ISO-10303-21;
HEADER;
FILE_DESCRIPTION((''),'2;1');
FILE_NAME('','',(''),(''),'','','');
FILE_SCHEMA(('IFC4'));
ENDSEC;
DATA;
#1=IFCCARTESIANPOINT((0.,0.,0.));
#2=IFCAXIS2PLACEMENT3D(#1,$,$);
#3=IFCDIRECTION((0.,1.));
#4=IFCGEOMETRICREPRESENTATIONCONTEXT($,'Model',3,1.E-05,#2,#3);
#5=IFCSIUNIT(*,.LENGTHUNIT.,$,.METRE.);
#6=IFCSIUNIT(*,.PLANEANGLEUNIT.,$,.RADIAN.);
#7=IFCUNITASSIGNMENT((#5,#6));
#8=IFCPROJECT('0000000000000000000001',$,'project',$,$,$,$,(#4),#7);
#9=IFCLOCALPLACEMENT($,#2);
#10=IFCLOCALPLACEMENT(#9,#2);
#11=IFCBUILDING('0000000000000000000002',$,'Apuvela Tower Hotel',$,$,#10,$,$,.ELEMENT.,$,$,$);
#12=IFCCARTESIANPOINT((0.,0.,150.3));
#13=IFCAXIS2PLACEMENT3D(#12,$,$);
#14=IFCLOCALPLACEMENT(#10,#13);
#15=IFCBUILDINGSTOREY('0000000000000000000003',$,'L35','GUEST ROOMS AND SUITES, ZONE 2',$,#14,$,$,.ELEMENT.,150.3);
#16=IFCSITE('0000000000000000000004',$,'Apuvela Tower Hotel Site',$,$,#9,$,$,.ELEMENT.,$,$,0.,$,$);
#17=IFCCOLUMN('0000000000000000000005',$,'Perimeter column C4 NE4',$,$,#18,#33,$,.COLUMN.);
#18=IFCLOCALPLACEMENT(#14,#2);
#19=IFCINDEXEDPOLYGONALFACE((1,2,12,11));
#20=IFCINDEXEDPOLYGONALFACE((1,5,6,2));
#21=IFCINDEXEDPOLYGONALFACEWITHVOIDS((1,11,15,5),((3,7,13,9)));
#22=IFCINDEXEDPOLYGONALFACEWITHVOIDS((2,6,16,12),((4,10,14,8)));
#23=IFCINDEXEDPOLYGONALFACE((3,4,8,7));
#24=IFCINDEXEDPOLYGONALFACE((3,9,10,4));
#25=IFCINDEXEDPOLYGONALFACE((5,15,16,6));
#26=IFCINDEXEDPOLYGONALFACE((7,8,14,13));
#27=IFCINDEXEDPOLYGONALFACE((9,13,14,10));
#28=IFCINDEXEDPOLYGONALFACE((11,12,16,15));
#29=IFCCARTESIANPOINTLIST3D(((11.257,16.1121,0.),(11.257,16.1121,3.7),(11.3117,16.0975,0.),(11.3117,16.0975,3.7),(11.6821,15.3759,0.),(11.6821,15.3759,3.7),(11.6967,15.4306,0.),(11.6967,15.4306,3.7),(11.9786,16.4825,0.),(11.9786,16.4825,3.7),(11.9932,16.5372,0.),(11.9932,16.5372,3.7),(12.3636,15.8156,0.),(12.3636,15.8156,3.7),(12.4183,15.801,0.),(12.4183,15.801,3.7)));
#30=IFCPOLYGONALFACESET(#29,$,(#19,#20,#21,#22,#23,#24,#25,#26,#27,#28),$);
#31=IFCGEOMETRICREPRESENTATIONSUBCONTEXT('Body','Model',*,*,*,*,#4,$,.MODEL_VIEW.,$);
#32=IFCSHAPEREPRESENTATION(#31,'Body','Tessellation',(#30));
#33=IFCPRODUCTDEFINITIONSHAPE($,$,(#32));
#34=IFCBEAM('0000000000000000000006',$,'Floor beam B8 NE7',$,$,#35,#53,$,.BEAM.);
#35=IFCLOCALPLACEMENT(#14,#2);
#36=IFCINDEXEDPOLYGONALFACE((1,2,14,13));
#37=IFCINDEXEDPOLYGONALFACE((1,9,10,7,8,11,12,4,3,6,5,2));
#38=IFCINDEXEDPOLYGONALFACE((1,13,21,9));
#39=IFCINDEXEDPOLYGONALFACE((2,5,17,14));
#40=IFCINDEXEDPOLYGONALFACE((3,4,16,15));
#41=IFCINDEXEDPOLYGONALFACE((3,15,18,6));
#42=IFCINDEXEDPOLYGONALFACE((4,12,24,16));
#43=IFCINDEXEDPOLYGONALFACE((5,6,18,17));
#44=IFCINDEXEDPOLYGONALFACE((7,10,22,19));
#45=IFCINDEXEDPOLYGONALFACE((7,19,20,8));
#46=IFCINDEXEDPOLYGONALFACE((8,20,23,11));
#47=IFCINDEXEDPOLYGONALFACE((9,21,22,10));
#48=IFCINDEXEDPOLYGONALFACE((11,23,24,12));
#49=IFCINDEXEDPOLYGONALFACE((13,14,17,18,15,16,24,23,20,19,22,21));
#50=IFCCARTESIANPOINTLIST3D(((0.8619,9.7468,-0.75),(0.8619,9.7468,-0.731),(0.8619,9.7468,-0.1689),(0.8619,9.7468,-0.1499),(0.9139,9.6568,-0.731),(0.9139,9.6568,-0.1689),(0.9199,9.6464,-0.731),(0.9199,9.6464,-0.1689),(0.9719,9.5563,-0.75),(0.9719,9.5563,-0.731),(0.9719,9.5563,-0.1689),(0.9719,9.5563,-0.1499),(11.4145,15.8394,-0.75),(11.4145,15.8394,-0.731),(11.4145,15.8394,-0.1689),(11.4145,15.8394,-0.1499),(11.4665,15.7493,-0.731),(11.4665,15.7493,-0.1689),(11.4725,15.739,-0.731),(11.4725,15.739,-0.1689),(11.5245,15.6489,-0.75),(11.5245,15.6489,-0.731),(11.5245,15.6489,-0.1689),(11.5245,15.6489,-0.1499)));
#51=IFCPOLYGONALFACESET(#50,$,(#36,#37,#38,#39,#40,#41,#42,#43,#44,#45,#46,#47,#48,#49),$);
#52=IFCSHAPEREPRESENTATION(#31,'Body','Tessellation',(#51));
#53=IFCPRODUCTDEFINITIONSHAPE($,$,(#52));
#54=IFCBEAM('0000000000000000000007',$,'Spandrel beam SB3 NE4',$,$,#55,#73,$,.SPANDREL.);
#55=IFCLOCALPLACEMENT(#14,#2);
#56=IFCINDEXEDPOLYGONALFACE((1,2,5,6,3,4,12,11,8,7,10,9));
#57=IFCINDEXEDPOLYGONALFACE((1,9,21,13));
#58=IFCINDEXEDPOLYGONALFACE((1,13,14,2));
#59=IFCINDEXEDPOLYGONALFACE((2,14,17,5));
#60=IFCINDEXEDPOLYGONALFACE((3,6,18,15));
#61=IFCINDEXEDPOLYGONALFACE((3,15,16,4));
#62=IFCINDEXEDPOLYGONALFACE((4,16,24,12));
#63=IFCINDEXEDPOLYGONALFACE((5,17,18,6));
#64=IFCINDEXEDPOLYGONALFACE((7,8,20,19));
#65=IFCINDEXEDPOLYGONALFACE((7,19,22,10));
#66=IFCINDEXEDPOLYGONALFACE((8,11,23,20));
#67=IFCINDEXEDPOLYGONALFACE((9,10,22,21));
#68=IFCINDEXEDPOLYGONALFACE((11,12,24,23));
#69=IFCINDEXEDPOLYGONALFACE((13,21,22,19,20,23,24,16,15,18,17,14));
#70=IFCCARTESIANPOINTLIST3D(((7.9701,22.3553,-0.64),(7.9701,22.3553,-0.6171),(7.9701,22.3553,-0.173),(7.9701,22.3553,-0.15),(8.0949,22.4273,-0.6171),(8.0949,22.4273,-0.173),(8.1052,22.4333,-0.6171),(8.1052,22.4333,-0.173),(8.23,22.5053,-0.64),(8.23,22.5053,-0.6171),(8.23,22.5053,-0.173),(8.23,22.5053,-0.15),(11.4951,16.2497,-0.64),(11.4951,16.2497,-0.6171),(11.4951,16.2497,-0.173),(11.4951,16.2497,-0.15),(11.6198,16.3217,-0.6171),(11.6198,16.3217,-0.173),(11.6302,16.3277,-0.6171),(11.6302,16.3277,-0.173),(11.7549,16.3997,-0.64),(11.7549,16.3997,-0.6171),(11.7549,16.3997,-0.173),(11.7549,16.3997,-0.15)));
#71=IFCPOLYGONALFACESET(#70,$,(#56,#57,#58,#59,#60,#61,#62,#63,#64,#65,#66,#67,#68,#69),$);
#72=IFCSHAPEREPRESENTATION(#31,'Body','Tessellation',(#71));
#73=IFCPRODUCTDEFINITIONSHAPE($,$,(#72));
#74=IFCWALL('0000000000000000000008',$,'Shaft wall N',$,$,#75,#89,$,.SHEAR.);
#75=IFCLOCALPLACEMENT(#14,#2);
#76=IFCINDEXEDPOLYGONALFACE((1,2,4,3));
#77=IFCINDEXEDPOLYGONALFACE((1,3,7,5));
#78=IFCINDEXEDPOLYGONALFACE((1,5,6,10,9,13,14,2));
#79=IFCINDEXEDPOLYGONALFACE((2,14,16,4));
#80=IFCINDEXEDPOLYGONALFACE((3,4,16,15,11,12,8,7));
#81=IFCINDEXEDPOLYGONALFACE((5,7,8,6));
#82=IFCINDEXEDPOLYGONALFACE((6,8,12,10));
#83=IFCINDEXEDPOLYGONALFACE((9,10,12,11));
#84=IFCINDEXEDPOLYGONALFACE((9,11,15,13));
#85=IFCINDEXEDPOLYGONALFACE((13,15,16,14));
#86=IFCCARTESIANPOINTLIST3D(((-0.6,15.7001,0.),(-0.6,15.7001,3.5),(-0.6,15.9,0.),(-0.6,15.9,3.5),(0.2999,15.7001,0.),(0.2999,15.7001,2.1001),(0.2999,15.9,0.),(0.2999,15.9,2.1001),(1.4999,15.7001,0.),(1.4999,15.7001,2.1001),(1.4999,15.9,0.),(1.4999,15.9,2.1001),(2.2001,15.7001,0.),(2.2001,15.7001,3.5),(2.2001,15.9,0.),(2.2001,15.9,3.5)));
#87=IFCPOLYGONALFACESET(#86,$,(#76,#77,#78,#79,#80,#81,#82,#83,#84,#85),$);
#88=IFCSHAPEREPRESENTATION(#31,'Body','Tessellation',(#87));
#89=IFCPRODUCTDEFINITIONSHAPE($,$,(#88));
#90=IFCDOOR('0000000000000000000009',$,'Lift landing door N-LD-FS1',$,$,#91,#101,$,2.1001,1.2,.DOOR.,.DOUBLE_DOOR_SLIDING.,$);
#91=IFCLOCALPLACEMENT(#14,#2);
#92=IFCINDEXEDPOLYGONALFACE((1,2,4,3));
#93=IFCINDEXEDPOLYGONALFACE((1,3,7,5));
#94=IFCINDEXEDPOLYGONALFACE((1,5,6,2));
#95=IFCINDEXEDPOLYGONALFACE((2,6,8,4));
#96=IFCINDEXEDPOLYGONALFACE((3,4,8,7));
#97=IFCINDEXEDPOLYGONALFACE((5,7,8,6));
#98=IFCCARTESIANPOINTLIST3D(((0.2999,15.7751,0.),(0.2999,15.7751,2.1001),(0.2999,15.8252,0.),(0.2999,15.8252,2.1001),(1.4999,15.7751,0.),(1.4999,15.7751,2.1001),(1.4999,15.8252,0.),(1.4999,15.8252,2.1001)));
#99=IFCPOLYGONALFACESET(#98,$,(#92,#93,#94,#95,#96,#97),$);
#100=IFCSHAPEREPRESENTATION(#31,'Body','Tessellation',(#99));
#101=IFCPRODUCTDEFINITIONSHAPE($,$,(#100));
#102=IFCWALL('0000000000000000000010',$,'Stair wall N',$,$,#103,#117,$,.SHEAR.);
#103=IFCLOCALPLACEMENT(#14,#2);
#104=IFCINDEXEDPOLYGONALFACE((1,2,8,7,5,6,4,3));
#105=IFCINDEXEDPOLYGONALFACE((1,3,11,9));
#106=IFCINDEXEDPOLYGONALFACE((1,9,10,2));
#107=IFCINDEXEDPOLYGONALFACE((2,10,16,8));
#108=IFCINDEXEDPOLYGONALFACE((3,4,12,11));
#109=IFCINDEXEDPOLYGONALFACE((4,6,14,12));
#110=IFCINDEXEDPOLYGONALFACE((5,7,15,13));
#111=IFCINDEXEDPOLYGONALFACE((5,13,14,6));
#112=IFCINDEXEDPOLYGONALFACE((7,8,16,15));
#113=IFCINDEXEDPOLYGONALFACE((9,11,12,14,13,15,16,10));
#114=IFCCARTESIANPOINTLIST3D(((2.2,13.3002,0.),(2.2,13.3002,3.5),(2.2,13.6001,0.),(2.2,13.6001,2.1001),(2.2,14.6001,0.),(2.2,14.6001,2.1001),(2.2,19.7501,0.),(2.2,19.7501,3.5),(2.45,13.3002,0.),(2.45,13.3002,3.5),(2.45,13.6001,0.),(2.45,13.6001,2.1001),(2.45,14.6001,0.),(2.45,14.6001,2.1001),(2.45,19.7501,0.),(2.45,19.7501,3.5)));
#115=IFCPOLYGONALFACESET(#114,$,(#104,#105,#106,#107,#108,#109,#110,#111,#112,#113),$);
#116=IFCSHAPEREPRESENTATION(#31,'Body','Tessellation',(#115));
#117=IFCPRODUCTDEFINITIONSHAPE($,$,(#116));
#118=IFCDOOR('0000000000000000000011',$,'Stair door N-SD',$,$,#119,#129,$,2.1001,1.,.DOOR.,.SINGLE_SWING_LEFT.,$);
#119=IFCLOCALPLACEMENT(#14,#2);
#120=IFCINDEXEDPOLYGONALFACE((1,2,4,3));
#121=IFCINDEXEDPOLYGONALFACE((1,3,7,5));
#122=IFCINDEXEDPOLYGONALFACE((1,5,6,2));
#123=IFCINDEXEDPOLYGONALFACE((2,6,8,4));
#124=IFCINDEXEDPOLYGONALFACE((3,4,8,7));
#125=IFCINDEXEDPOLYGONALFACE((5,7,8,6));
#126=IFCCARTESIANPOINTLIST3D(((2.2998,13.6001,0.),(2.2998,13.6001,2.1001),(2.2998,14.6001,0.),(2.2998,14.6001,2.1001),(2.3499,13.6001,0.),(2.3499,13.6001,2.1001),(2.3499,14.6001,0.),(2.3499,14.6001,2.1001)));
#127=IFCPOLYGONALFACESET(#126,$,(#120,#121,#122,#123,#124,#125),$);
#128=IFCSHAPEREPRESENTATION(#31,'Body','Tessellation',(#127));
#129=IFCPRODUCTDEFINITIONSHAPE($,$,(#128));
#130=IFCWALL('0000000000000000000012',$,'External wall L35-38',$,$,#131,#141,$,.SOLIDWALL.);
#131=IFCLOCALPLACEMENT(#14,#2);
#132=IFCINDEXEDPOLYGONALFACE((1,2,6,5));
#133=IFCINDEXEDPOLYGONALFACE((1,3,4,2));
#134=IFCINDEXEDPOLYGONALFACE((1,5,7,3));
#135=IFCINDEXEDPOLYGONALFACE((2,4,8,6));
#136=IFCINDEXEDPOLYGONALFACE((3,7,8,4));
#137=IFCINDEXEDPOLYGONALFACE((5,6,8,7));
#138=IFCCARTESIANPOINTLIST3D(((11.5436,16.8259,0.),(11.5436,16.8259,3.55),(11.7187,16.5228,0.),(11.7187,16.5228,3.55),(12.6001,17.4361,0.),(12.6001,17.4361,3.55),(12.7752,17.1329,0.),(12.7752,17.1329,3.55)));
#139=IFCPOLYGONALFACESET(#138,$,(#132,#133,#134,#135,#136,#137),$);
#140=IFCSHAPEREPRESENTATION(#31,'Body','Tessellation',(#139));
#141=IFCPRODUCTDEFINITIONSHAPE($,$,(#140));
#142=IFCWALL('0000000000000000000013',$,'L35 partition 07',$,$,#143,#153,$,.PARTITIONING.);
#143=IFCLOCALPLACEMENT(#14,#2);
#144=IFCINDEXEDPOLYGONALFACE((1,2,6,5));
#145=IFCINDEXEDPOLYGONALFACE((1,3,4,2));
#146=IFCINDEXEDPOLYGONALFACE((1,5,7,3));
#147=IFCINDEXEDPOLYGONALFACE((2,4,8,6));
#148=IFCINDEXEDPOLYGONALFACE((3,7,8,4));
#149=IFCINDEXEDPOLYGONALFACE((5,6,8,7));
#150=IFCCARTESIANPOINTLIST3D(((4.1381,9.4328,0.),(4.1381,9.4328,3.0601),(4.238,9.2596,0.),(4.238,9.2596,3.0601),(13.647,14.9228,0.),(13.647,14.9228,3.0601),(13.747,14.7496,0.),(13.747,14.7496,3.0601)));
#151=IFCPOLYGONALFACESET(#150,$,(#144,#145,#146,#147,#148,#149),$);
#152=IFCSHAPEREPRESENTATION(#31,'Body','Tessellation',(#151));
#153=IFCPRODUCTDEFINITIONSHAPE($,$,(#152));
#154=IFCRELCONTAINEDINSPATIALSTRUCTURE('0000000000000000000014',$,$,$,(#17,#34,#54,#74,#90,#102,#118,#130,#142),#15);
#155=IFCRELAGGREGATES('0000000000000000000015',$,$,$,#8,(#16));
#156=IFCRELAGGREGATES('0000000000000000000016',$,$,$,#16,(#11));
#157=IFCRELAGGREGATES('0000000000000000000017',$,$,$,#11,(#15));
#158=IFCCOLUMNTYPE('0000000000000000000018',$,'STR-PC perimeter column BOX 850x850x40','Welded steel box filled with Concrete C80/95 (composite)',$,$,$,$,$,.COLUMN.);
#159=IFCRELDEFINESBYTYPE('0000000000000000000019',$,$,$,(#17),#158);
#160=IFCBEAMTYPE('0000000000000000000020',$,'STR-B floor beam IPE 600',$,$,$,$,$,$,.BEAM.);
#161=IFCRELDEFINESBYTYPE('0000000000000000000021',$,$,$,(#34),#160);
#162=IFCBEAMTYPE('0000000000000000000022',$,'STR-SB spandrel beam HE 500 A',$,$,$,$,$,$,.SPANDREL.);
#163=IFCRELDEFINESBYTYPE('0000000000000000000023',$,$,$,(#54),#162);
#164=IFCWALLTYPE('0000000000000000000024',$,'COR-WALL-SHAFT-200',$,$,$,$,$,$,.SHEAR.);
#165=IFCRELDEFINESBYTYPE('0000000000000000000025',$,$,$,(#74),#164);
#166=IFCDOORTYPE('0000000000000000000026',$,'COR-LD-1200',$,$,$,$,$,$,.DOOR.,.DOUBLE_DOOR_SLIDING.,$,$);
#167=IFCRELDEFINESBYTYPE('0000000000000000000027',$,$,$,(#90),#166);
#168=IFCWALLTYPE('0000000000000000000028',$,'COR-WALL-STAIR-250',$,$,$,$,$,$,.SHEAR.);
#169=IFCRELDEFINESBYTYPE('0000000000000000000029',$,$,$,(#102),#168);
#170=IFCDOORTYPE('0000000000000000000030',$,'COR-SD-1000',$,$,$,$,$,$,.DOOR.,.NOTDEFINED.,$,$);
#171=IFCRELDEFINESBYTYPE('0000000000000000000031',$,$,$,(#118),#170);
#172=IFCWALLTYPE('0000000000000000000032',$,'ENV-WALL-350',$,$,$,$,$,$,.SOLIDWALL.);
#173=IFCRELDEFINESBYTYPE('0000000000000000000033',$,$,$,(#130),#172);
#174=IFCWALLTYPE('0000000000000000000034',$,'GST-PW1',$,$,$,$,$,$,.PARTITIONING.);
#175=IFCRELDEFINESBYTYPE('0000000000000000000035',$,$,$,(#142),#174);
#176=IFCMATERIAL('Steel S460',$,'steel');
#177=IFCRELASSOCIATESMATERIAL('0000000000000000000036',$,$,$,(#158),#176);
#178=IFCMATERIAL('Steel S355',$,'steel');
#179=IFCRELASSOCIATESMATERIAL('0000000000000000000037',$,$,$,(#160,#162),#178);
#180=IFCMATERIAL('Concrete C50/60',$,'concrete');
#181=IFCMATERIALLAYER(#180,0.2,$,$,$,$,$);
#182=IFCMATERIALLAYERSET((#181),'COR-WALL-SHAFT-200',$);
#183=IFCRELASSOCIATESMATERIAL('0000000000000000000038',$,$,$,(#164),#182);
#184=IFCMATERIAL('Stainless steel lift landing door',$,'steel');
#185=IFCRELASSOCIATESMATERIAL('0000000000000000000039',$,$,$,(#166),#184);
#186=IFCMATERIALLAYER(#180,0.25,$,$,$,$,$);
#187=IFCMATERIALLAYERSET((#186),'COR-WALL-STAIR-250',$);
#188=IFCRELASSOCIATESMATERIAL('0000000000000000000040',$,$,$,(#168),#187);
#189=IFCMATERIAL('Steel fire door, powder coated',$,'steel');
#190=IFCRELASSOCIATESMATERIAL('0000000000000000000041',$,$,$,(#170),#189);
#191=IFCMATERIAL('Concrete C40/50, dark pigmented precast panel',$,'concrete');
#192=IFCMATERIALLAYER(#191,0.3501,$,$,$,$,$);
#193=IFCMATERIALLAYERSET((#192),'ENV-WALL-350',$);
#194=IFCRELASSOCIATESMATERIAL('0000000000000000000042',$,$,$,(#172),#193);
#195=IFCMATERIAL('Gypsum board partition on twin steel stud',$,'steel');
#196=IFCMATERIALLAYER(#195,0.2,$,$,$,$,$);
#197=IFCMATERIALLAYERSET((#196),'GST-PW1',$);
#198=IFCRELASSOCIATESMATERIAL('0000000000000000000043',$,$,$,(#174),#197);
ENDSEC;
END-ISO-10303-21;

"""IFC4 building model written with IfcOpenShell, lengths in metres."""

from ifc_helpers import new_model, si_unit, direction, frame, frame_2d, origin, origin_2d, place, context, subcontext, project, spatial, rectangle, hollow_rectangle, i_section, extrude, material, layer, layer_set, material_profile, profile_set, type_object, element, fill, save


model = new_model("IFC4")

# Units and contexts
model_context = context("Model", 3, precision=1e-05, world=origin(), true_north=direction((0.0, 1.0)))
body_context = subcontext(model_context, "Body", "Model", "MODEL_VIEW")
ifc_project = project(units=[si_unit("LENGTHUNIT", "METRE"), si_unit("PLANEANGLEUNIT", "RADIAN")], contexts=[model_context])

# Site, building, storey
site_placement = place(None, origin())
site = spatial("IfcSite", under=ifc_project, at=site_placement, Name="Apuvela Tower Hotel Site", CompositionType="ELEMENT", RefElevation=0.0)
building_placement = place(site_placement, origin())
building = spatial("IfcBuilding", under=site, at=building_placement, Name="Apuvela Tower Hotel", CompositionType="ELEMENT")
storey_placement = place(building_placement, frame((0.0, 0.0, 150.3)))
storey = spatial("IfcBuildingStorey", under=building, at=storey_placement, Name="L35", Description="GUEST ROOMS AND SUITES, ZONE 2", CompositionType="ELEMENT", Elevation=150.3)

# Column
ifc_material_1 = material(Name="Steel S460", Category="steel")
ifc_material_profile_1 = material_profile(ifc_material_1, hollow_rectangle(XDim=0.8501, YDim=0.8501, WallThickness=0.04, at=origin_2d()), Name="BOX 850x850x40")
ifc_material_2 = material(Name="Concrete C80/95", Category="concrete")
ifc_material_profile_2 = material_profile(ifc_material_2, rectangle(XDim=0.77, YDim=0.77, at=origin_2d()), Name="Concrete C80/95 infill")
ifc_profile_set_1 = profile_set([ifc_material_profile_1, ifc_material_profile_2], Name="Steel S460")
column_type = type_object("IfcColumnType", Name="STR-PC perimeter column BOX 850x850x40", Description="Welded steel box filled with Concrete C80/95 (composite)", PredefinedType="COLUMN", material=ifc_profile_set_1)
column_placement = place(storey_placement, frame((11.8376, 15.9565, 0.0), z_axis=(0.0, 0.0, 1.0), x_axis=(-0.5, 0.866025, 0.0)))
element("IfcColumn", 1, at=column_placement, inside=storey, type_object=column_type, Name="Perimeter column C4 NE4", PredefinedType="COLUMN", context=body_context, shape_type="SweptSolid", body=[
    extrude(hollow_rectangle(XDim=0.8501, YDim=0.8501, WallThickness=0.04, at=origin_2d()), origin(), (0.0, 0.0, 1.0), 3.7),
])

# Beams
ifc_material_3 = material(Name="Steel S355", Category="steel")
ifc_material_profile_3 = material_profile(ifc_material_3, i_section(OverallWidth=0.22, OverallDepth=0.6001, WebThickness=0.012, FlangeThickness=0.019, at=origin_2d()), Name="IPE 600")
ifc_profile_set_2 = profile_set([ifc_material_profile_3], Name="Steel S355")
beam_type_1 = type_object("IfcBeamType", Name="STR-B floor beam IPE 600", PredefinedType="BEAM", material=ifc_profile_set_2)
beam_1_placement = place(storey_placement, frame((11.4695, 15.7441, -0.45), z_axis=(-0.866024, -0.500003, 0.0), x_axis=(0.500003, -0.866024, 0.0)))
element("IfcBeam", 2, at=beam_1_placement, inside=storey, type_object=beam_type_1, Name="Floor beam B8 NE7", PredefinedType="BEAM", context=body_context, shape_type="SweptSolid", body=[
    extrude(i_section(OverallWidth=0.22, OverallDepth=0.6001, WebThickness=0.012, FlangeThickness=0.019, at=origin_2d()), origin(), (0.0, 0.0, 1.0), 12.1851),
])
ifc_material_profile_4 = material_profile(ifc_material_3, i_section(OverallWidth=0.3, OverallDepth=0.49, WebThickness=0.012, FlangeThickness=0.0229, at=origin_2d()), Name="HE 500 A")
ifc_profile_set_3 = profile_set([ifc_material_profile_4], Name="Steel S355")
beam_type_2 = type_object("IfcBeamType", Name="STR-SB spandrel beam HE 500 A", PredefinedType="SPANDREL", material=ifc_profile_set_3)
beam_2_placement = place(storey_placement, frame((11.625, 16.3247, -0.395), z_axis=(-0.49999, 0.866031, 0.0), x_axis=(-0.866031, -0.49999, 0.0)))
element("IfcBeam", 3, at=beam_2_placement, inside=storey, type_object=beam_type_2, Name="Spandrel beam SB3 NE4", PredefinedType="SPANDREL", context=body_context, shape_type="SweptSolid", body=[
    extrude(i_section(OverallWidth=0.3, OverallDepth=0.49, WebThickness=0.012, FlangeThickness=0.0229, at=origin_2d()), origin(), (0.0, 0.0, 1.0), 7.05),
])

# Walls, openings, doors
ifc_material_4 = material(Name="Concrete C50/60", Category="concrete")
ifc_layer_1 = layer(ifc_material_4, 0.2)
ifc_layer_set_1 = layer_set([ifc_layer_1], Name="COR-WALL-SHAFT-200")
wall_type_1 = type_object("IfcWallType", Name="COR-WALL-SHAFT-200", PredefinedType="SHEAR", material=ifc_layer_set_1)
wall_1_placement = place(storey_placement, frame((2.2, 15.8, 0.0), z_axis=(0.0, 0.0, 1.0), x_axis=(-1.0, 0.0, 0.0)))
wall_1 = element("IfcWall", 4, at=wall_1_placement, inside=storey, type_object=wall_type_1, Name="Shaft wall N", PredefinedType="SHEAR", context=body_context, shape_type="SweptSolid", body=[
    extrude(rectangle(XDim=2.8, YDim=0.2, at=frame_2d((1.3999, 0.0))), origin(), (0.0, 0.0, 1.0), 3.5),
])
opening_1_placement = place(wall_1_placement, frame((0.7, 0.0, 0.0)))
opening_1 = element("IfcOpeningElement", 5, at=opening_1_placement, cuts=wall_1, PredefinedType="OPENING", context=body_context, shape_type="SweptSolid", body=[
    extrude(rectangle(XDim=1.2, YDim=2.1001, at=frame_2d((0.6001, 1.05))), frame((0.0, 0.1099, 0.0), z_axis=(0.0, -1.0, 0.0), x_axis=(1.0, 0.0, 0.0)), (0.0, 0.0, 1.0), 0.22),
])
ifc_material_5 = material(Name="Stainless steel lift landing door", Category="steel")
door_type_1 = type_object("IfcDoorType", Name="COR-LD-1200", OperationType="DOUBLE_DOOR_SLIDING", PredefinedType="DOOR", material=ifc_material_5)
door_1_placement = place(opening_1_placement, origin())
door_1 = element("IfcDoor", 6, at=door_1_placement, inside=storey, type_object=door_type_1, Name="Lift landing door N-LD-FS1", OperationType="DOUBLE_DOOR_SLIDING", OverallHeight=2.1001, OverallWidth=1.2, PredefinedType="DOOR", context=body_context, shape_type="SweptSolid", body=[
    extrude(rectangle(XDim=1.2, YDim=2.1001, at=frame_2d((0.6001, 1.05))), frame((0.0, 0.0249, 0.0), z_axis=(0.0, -1.0, 0.0), x_axis=(1.0, 0.0, 0.0)), (0.0, 0.0, 1.0), 0.05),
])
fill(opening_1, door_1)
ifc_layer_2 = layer(ifc_material_4, 0.25)
ifc_layer_set_2 = layer_set([ifc_layer_2], Name="COR-WALL-STAIR-250")
wall_type_2 = type_object("IfcWallType", Name="COR-WALL-STAIR-250", PredefinedType="SHEAR", material=ifc_layer_set_2)
wall_2_placement = place(storey_placement, frame((2.325, 13.3, 0.0), z_axis=(0.0, 0.0, 1.0), x_axis=(0.0, 1.0, 0.0)))
wall_2 = element("IfcWall", 7, at=wall_2_placement, inside=storey, type_object=wall_type_2, Name="Stair wall N", PredefinedType="SHEAR", context=body_context, shape_type="SweptSolid", body=[
    extrude(rectangle(XDim=6.45, YDim=0.25, at=frame_2d((3.2251, 0.0))), origin(), (0.0, 0.0, 1.0), 3.5),
])
opening_2_placement = place(wall_2_placement, frame((0.3, 0.0, 0.0)))
opening_2 = element("IfcOpeningElement", 8, at=opening_2_placement, cuts=wall_2, PredefinedType="OPENING", context=body_context, shape_type="SweptSolid", body=[
    extrude(rectangle(XDim=1.0, YDim=2.1001, at=frame_2d((0.5, 1.05))), frame((0.0, 0.135, 0.0), z_axis=(0.0, -1.0, 0.0), x_axis=(1.0, 0.0, 0.0)), (0.0, 0.0, 1.0), 0.27),
])
ifc_material_6 = material(Name="Steel fire door, powder coated", Category="steel")
door_type_2 = type_object("IfcDoorType", Name="COR-SD-1000", OperationType="NOTDEFINED", PredefinedType="DOOR", material=ifc_material_6)
door_2_placement = place(opening_2_placement, frame((1.0, 0.0, 0.0), z_axis=(0.0, 0.0, 1.0), x_axis=(-1.0, 0.0, 0.0)))
door_2 = element("IfcDoor", 9, at=door_2_placement, inside=storey, type_object=door_type_2, Name="Stair door N-SD", OperationType="SINGLE_SWING_LEFT", OverallHeight=2.1001, OverallWidth=1.0, PredefinedType="DOOR", context=body_context, shape_type="SweptSolid", body=[
    extrude(rectangle(XDim=1.0, YDim=2.1001, at=frame_2d((0.5, 1.05))), frame((0.0, 0.0249, 0.0), z_axis=(0.0, -1.0, 0.0), x_axis=(1.0, 0.0, 0.0)), (0.0, 0.0, 1.0), 0.05),
])
fill(opening_2, door_2)

# Wall
ifc_material_7 = material(Name="Concrete C40/50, dark pigmented precast panel", Category="concrete")
ifc_layer_3 = layer(ifc_material_7, 0.3501)
ifc_layer_set_3 = layer_set([ifc_layer_3], Name="ENV-WALL-350")
wall_type_3 = type_object("IfcWallType", Name="ENV-WALL-350", PredefinedType="SOLIDWALL", material=ifc_layer_set_3)
wall_3_placement = place(storey_placement, frame((12.6875, 17.2844, 0.0), z_axis=(0.0, 0.0, 1.0), x_axis=(-0.865956, -0.500121, 0.0)))
element("IfcWall", 10, at=wall_3_placement, inside=storey, type_object=wall_type_3, Name="External wall L35-38", PredefinedType="SOLIDWALL", context=body_context, shape_type="SweptSolid", body=[
    extrude(rectangle(XDim=1.22, YDim=0.3501, at=frame_2d((0.6099, 0.0))), origin(), (0.0, 0.0, 1.0), 3.55),
])

# Wall
ifc_material_8 = material(Name="Gypsum board partition on twin steel stud", Category="steel")
ifc_layer_4 = layer(ifc_material_8, 0.2)
ifc_layer_set_4 = layer_set([ifc_layer_4], Name="GST-PW1")
wall_type_4 = type_object("IfcWallType", Name="GST-PW1", PredefinedType="PARTITIONING", material=ifc_layer_set_4)
wall_4_placement = place(storey_placement, frame((13.697, 14.8362, 0.0), z_axis=(0.0, 0.0, 1.0), x_axis=(-0.866027, -0.499996, 0.0)))
element("IfcWall", 11, at=wall_4_placement, inside=storey, type_object=wall_type_4, Name="L35 partition 07", PredefinedType="PARTITIONING", context=body_context, shape_type="SweptSolid", body=[
    extrude(rectangle(XDim=10.98, YDim=0.2, at=frame_2d((5.49, 0.0))), origin(), (0.0, 0.0, 1.0), 3.0601),
])

save(model, "model.ifc")
